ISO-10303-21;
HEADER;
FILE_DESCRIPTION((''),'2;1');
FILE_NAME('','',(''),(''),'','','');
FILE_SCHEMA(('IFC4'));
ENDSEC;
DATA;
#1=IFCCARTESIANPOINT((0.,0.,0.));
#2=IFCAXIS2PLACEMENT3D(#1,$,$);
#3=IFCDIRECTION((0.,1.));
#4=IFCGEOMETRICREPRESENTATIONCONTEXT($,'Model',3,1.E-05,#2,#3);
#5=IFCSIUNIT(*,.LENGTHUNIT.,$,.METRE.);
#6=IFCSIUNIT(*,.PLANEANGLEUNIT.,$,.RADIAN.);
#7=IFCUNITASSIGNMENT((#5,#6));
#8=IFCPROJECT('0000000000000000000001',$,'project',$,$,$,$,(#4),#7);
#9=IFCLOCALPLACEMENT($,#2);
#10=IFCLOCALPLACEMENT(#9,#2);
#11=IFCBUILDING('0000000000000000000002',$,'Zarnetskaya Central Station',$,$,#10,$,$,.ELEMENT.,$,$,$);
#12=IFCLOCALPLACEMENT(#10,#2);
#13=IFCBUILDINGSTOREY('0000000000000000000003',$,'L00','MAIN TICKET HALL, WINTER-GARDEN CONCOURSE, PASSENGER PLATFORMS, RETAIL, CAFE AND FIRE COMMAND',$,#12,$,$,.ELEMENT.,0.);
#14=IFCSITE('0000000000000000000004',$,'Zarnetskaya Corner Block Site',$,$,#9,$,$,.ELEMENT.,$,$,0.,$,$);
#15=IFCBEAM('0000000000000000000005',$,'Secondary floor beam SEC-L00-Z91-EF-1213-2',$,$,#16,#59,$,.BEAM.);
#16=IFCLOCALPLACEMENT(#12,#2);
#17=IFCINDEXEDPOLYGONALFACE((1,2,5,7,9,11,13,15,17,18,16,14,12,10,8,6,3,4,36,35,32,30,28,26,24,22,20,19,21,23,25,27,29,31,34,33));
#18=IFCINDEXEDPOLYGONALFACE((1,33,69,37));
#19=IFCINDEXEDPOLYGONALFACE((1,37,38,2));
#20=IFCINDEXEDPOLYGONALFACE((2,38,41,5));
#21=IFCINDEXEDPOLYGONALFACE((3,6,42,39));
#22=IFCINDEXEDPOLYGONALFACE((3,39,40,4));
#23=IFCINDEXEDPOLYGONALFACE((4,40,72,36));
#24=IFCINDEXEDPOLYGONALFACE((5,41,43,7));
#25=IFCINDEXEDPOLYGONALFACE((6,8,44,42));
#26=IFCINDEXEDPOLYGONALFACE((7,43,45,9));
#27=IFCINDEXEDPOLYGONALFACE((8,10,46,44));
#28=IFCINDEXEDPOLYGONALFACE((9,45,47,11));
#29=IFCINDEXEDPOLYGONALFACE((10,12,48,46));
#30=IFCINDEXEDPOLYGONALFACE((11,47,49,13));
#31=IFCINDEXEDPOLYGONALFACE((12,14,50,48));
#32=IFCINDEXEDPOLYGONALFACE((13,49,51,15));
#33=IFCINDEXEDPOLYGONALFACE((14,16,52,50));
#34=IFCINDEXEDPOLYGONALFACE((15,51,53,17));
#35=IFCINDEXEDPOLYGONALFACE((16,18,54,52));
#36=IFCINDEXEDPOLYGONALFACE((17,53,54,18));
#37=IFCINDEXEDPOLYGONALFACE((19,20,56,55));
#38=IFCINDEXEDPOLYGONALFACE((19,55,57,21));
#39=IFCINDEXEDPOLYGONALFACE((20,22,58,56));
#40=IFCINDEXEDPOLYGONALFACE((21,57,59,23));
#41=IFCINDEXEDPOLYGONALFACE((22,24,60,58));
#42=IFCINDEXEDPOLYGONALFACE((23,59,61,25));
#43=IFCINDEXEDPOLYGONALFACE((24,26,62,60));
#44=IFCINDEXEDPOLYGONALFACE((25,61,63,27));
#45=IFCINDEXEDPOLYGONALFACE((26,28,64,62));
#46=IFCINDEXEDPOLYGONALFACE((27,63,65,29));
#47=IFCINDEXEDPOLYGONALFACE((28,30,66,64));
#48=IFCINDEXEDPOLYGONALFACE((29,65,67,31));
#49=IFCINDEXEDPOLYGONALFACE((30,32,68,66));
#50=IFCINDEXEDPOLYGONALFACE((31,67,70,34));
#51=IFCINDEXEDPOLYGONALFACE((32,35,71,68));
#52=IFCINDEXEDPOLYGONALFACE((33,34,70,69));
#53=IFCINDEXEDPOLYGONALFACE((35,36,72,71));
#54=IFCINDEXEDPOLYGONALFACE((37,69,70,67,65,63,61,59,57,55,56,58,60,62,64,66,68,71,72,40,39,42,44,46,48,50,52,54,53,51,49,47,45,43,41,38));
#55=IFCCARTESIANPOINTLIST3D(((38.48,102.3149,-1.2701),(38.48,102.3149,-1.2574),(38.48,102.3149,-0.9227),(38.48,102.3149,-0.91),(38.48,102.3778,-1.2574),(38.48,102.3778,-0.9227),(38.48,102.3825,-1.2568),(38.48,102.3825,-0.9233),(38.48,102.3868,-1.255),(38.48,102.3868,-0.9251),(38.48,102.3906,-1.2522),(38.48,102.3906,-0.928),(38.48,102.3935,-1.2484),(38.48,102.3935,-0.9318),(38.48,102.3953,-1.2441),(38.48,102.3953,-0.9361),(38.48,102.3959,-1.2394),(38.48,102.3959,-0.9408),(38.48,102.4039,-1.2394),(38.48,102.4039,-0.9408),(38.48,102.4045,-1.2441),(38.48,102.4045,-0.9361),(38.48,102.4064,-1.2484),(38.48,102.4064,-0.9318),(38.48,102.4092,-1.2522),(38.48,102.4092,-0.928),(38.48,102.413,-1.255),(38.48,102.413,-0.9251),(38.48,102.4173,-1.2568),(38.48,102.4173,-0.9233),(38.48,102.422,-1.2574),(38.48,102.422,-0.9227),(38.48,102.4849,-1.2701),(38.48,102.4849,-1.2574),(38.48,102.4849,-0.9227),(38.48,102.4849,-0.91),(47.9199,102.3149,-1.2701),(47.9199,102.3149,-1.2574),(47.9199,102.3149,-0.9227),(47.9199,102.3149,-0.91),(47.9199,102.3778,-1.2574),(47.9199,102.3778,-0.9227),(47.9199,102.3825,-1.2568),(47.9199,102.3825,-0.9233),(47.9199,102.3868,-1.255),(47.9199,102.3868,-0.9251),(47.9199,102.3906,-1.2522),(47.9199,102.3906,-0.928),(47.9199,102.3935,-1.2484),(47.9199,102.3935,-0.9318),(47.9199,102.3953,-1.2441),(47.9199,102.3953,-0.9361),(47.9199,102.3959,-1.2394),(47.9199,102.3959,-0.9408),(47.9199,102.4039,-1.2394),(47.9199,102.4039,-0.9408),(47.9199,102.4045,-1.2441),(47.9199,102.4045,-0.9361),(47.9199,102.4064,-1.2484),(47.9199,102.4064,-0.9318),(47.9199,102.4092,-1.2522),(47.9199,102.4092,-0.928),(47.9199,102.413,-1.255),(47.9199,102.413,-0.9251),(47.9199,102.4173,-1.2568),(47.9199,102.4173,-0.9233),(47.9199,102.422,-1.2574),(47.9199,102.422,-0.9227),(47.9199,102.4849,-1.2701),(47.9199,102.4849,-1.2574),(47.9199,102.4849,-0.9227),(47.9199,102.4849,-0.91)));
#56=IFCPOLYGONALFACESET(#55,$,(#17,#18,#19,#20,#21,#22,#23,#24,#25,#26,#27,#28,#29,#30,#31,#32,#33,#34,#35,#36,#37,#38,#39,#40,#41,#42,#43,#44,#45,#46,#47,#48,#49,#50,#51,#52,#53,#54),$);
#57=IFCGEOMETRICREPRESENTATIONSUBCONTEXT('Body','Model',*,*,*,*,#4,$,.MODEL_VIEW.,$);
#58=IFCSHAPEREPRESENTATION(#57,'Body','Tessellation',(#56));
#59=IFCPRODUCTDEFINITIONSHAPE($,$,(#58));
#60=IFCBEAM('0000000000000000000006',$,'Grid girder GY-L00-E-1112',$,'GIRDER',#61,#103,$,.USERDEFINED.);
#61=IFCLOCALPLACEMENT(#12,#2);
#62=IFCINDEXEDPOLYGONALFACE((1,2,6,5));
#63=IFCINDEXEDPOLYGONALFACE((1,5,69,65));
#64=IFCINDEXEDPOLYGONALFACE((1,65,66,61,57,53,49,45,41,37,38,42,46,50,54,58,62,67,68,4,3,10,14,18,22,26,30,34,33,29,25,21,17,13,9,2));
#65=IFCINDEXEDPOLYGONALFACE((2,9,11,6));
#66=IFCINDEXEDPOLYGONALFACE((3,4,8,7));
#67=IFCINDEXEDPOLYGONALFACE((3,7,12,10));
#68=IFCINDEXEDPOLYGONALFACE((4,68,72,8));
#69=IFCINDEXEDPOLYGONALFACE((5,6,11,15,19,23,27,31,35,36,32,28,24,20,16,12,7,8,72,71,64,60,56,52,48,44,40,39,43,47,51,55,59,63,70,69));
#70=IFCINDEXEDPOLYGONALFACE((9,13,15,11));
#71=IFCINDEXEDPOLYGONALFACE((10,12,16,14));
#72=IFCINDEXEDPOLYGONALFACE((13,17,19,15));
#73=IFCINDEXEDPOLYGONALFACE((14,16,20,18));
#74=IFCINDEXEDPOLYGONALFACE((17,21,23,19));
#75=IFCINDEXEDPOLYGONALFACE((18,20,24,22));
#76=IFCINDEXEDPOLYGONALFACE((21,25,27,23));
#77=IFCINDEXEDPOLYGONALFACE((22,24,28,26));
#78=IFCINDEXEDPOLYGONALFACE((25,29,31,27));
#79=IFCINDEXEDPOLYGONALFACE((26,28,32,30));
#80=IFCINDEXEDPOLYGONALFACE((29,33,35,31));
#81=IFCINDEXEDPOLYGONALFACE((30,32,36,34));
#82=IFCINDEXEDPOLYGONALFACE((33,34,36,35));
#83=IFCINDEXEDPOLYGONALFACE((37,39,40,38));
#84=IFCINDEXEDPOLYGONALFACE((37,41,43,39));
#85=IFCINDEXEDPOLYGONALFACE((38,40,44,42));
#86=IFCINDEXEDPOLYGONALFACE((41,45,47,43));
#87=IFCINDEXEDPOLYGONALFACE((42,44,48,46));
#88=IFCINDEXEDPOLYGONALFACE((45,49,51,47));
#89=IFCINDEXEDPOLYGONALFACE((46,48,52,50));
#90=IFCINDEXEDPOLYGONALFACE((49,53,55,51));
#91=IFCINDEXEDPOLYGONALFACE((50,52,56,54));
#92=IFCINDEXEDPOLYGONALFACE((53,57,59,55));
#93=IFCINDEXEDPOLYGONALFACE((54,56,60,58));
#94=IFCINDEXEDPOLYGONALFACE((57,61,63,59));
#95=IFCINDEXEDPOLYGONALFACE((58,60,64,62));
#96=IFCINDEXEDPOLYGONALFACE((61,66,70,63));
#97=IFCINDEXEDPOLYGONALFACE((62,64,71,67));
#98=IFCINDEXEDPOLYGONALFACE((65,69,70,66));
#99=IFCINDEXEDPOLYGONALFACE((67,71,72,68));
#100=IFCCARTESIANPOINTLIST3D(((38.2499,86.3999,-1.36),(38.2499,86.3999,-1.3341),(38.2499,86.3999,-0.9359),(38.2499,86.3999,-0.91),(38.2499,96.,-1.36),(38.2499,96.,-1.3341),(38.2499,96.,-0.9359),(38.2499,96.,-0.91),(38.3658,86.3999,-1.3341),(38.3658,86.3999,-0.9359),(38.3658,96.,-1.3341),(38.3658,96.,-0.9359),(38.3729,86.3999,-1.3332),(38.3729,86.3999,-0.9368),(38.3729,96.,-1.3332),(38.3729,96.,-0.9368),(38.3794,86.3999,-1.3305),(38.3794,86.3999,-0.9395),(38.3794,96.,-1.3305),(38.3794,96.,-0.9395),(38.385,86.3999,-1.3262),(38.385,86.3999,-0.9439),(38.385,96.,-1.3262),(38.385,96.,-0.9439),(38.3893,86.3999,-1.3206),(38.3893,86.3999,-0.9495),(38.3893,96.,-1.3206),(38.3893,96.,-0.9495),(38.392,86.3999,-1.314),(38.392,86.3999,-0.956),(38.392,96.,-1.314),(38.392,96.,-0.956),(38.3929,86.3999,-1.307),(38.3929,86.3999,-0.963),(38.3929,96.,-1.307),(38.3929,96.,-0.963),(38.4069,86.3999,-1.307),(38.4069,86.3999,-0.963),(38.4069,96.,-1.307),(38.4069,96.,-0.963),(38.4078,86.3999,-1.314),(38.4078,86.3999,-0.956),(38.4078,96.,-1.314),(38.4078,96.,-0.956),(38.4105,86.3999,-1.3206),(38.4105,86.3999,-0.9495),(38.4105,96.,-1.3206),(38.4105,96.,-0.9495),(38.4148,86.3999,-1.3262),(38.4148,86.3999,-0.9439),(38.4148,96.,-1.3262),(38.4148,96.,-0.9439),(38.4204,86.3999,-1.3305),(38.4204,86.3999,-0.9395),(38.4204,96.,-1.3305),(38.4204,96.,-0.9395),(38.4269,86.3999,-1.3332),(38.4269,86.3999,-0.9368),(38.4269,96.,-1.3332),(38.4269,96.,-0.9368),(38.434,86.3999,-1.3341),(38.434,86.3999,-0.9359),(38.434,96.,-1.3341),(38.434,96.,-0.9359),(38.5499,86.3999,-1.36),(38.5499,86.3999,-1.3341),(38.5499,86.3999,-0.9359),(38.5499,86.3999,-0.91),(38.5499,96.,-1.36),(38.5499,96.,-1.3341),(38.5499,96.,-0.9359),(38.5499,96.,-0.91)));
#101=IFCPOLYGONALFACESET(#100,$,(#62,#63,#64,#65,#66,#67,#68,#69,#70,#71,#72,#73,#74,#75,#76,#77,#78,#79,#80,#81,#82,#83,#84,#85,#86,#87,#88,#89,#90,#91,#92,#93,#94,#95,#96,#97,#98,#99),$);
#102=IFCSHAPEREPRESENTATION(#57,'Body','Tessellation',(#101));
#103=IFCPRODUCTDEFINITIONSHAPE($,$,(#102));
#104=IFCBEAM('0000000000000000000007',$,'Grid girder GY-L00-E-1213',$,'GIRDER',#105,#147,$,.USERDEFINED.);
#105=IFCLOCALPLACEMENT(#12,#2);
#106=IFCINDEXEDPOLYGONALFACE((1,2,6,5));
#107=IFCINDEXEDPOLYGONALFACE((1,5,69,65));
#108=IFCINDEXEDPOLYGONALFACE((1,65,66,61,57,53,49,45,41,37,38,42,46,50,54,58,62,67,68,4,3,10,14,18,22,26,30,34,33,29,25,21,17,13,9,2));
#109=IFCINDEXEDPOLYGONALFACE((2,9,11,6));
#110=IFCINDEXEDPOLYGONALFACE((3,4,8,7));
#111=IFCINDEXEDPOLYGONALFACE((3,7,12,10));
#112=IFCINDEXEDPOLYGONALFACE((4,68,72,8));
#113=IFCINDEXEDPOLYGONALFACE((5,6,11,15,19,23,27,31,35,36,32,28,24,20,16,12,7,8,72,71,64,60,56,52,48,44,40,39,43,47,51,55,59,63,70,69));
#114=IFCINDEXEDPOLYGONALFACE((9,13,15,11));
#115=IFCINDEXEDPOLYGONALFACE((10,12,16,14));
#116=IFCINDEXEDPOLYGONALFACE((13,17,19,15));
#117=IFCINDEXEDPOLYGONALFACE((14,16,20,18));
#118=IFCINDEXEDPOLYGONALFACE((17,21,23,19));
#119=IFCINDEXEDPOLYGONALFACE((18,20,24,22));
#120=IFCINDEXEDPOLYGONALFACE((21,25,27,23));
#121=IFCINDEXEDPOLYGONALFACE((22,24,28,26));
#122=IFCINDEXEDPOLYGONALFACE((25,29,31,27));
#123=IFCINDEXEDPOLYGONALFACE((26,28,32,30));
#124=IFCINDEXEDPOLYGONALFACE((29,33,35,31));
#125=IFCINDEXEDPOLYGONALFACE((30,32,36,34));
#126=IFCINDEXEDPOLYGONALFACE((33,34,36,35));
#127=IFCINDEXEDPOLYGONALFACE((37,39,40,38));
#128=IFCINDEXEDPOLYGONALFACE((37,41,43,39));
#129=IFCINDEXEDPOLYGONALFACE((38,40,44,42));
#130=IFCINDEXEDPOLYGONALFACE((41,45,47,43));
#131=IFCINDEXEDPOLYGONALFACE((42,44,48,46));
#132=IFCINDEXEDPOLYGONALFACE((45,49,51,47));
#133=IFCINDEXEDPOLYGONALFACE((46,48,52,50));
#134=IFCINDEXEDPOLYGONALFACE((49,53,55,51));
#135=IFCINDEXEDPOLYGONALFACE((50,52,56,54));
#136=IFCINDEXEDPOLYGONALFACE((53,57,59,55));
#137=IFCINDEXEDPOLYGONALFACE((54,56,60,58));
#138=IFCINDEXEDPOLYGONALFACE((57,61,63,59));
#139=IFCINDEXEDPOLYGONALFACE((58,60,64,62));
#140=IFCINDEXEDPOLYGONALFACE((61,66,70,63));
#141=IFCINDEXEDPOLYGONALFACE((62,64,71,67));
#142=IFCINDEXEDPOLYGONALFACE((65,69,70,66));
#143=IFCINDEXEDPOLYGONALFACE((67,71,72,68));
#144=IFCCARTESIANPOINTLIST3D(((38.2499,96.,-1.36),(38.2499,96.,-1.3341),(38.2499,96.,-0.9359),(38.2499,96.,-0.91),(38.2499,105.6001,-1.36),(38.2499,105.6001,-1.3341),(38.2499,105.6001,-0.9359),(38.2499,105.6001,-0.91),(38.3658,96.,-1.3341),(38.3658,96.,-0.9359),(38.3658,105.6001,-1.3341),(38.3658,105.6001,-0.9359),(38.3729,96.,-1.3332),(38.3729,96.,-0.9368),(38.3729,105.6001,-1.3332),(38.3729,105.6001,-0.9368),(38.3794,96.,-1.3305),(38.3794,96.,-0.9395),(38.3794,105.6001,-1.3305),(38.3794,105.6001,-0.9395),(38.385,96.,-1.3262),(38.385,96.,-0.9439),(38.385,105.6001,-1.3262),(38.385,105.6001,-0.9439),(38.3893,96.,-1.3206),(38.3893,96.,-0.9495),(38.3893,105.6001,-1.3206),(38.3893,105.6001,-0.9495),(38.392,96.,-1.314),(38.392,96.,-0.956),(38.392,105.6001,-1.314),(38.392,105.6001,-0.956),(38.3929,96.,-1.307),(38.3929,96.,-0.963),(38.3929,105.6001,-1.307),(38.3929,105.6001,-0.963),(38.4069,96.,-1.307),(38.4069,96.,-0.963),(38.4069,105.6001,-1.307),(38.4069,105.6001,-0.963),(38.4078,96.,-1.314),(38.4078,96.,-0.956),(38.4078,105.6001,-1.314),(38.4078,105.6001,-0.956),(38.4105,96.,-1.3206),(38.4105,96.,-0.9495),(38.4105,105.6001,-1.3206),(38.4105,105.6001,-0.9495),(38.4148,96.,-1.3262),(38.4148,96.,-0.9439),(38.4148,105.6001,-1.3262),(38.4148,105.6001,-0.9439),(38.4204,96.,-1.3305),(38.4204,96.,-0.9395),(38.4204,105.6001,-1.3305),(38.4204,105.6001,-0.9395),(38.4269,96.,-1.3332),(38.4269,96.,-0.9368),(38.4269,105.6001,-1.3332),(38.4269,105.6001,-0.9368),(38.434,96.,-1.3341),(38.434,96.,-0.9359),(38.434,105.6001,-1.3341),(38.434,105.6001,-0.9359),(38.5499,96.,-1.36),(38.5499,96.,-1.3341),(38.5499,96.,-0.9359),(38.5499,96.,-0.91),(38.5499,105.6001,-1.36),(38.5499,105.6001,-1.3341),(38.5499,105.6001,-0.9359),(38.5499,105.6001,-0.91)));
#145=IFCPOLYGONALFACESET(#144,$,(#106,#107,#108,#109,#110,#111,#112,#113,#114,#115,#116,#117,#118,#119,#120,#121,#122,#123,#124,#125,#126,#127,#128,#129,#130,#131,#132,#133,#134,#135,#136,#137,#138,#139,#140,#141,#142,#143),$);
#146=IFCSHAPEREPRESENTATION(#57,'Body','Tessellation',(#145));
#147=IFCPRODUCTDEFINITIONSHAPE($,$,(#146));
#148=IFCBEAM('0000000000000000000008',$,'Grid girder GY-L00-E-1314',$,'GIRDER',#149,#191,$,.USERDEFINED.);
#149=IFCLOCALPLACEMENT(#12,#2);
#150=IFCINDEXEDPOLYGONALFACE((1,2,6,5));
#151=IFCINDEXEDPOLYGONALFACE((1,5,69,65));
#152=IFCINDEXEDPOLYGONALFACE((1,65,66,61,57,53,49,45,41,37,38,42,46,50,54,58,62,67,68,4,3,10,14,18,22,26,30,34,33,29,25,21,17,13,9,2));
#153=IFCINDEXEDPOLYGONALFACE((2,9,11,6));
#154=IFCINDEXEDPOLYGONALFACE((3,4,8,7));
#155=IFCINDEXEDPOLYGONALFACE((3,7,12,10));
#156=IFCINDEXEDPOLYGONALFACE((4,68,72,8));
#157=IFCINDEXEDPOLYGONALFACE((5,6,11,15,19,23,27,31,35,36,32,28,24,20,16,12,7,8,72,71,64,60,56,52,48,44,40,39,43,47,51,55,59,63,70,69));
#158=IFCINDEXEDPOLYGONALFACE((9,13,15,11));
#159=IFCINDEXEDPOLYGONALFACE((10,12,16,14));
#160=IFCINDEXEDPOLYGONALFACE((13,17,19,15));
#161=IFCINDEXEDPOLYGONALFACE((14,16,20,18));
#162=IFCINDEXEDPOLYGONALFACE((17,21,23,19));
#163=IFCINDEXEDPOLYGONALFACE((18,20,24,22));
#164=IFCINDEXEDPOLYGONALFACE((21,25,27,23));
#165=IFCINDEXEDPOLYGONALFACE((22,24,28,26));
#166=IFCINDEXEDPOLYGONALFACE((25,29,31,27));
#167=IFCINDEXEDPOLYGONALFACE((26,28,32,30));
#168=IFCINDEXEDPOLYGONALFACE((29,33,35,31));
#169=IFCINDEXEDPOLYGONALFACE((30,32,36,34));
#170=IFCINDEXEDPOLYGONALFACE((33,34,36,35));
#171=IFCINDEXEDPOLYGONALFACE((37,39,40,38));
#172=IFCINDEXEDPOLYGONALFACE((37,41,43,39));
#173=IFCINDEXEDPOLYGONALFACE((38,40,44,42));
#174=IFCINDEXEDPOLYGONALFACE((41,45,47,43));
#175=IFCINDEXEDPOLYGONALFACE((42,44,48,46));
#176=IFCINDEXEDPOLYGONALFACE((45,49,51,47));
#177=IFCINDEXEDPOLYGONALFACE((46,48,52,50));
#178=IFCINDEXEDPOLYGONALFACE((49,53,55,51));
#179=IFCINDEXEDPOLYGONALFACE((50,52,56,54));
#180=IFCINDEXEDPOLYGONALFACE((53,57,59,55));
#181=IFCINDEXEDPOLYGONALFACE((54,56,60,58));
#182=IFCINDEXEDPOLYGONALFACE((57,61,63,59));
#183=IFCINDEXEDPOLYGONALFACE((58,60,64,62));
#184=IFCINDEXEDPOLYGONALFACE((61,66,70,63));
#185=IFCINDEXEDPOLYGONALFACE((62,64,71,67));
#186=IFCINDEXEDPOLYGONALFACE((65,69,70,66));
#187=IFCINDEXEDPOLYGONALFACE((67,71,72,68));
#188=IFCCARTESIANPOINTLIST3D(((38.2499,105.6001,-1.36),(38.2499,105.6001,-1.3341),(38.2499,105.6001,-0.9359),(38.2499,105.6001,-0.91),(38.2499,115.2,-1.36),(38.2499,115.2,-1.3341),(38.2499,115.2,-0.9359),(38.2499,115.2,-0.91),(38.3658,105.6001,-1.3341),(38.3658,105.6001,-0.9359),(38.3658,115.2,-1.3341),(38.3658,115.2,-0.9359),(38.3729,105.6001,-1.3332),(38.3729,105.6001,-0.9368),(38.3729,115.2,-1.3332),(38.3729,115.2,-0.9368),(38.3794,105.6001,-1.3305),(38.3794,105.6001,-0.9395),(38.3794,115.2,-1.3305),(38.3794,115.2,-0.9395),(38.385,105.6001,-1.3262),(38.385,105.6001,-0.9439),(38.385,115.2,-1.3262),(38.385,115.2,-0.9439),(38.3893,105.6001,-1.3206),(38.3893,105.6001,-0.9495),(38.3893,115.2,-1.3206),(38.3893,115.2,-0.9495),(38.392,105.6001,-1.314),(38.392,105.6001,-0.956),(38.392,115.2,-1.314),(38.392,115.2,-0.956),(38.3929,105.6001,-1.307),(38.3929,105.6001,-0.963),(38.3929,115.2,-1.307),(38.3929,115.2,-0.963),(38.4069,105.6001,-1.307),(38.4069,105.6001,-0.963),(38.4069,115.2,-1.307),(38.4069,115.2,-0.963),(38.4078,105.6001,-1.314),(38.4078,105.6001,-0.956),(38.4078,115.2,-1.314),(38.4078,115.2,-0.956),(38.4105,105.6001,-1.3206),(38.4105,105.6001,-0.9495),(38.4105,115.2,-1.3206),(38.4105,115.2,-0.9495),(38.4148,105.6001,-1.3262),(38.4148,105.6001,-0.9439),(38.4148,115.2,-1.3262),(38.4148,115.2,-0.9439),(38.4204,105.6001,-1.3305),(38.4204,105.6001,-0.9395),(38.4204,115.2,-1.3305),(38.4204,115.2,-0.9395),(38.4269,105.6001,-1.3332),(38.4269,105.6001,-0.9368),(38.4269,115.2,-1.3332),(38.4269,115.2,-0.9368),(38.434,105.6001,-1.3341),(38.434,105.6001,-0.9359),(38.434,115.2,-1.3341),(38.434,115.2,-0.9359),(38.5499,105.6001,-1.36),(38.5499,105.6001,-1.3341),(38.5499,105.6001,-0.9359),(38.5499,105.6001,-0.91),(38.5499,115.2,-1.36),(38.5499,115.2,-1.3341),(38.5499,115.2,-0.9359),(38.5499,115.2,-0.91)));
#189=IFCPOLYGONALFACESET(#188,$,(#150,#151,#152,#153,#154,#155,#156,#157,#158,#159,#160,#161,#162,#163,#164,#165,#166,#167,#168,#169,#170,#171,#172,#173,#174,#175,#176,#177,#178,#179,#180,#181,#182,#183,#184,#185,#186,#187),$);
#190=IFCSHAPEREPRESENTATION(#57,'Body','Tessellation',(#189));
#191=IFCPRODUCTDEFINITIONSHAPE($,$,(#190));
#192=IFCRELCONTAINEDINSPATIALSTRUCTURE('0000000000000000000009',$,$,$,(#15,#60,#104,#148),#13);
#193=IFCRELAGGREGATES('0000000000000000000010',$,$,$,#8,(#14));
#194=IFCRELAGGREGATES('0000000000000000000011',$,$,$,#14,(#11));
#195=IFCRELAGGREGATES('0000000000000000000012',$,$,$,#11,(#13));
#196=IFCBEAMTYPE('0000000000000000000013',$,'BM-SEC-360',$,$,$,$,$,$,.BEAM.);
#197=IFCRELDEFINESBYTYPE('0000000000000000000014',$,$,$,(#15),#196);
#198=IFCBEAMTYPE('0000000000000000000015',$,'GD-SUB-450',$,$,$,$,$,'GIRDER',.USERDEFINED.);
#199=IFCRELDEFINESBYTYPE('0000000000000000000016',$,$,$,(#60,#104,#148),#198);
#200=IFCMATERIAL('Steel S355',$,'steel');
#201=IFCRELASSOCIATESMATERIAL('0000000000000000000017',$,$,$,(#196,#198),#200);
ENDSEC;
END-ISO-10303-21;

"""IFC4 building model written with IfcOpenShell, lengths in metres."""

from ifc_helpers import new_model, si_unit, direction, frame, origin, origin_2d, place, context, subcontext, project, spatial, i_section, extrude, material, material_profile, profile_set, type_object, element, save


model = new_model("IFC4")

# Units and contexts
model_context = context("Model", 3, precision=1e-05, world=origin(), true_north=direction((0.0, 1.0)))
body_context = subcontext(model_context, "Body", "Model", "MODEL_VIEW")
ifc_project = project(units=[si_unit("LENGTHUNIT", "METRE"), si_unit("PLANEANGLEUNIT", "RADIAN")], contexts=[model_context])

# Site, building, storey
site_placement = place(None, origin())
site = spatial("IfcSite", under=ifc_project, at=site_placement, Name="Zarnetskaya Corner Block Site", CompositionType="ELEMENT", RefElevation=0.0)
building_placement = place(site_placement, origin())
building = spatial("IfcBuilding", under=site, at=building_placement, Name="Zarnetskaya Central Station", CompositionType="ELEMENT")
storey_placement = place(building_placement, origin())
storey = spatial("IfcBuildingStorey", under=building, at=storey_placement, Name="L00", Description="MAIN TICKET HALL, WINTER-GARDEN CONCOURSE, PASSENGER PLATFORMS, RETAIL, CAFE AND FIRE COMMAND", CompositionType="ELEMENT", Elevation=0.0)

# Shared definitions
ifc_material = material(Name="Steel S355", Category="steel")

# Beams
ifc_material_profile_1 = material_profile(ifc_material, i_section(OverallWidth=0.1699, OverallDepth=0.3601, WebThickness=0.0081, FlangeThickness=0.0127, FilletRadius=0.0181, at=origin_2d()), Name="IPE 360")
ifc_profile_set_1 = profile_set([ifc_material_profile_1], Name="Steel S355")
beam_type_1 = type_object("IfcBeamType", Name="BM-SEC-360", PredefinedType="BEAM", material=ifc_profile_set_1)
for number, where, z_axis, x_axis, name in (
    (1, (38.48, 102.3999, -1.0901), (1.0, 0.0, 0.0), (0.0, 1.0, 0.0), "Secondary floor beam SEC-L00-Z91-EF-1213-2"),
):
    element("IfcBeam", number, at=place(storey_placement, frame(where, z_axis=z_axis, x_axis=x_axis)), inside=storey, type_object=beam_type_1, Name=name, PredefinedType="BEAM", context=body_context, shape_type="SweptSolid", body=[
        extrude(i_section(OverallWidth=0.1699, OverallDepth=0.3601, WebThickness=0.0081, FlangeThickness=0.0127, FilletRadius=0.0181, at=origin_2d()), origin(), (0.0, 0.0, 1.0), 9.4399),
    ])
ifc_material_profile_2 = material_profile(ifc_material, i_section(OverallWidth=0.3, OverallDepth=0.45, WebThickness=0.0139, FlangeThickness=0.0259, FilletRadius=0.0271, at=origin_2d()), Name="HEB 450")
ifc_profile_set_2 = profile_set([ifc_material_profile_2], Name="Steel S355")
beam_type_2 = type_object("IfcBeamType", Name="GD-SUB-450", ElementType="GIRDER", PredefinedType="USERDEFINED", material=ifc_profile_set_2)
for number, where, z_axis, x_axis, name in (
    (2, (38.3999, 86.3999, -1.135), (0.0, 1.0, 0.0), (-1.0, 0.0, 0.0), "Grid girder GY-L00-E-1112"),
    (3, (38.3999, 96.0, -1.135), (0.0, 1.0, 0.0), (-1.0, 0.0, 0.0), "Grid girder GY-L00-E-1213"),
):
    element("IfcBeam", number, at=place(storey_placement, frame(where, z_axis=z_axis, x_axis=x_axis)), inside=storey, type_object=beam_type_2, Name=name, ObjectType="GIRDER", PredefinedType="USERDEFINED", context=body_context, shape_type="SweptSolid", body=[
        extrude(i_section(OverallWidth=0.3, OverallDepth=0.45, WebThickness=0.0139, FlangeThickness=0.0259, FilletRadius=0.0271, at=origin_2d()), origin(), (0.0, 0.0, 1.0), 9.6001),
    ])
beam_1_placement = place(storey_placement, frame((38.3999, 105.6001, -1.135), z_axis=(0.0, 1.0, 0.0), x_axis=(-1.0, 0.0, 0.0)))
element("IfcBeam", 4, at=beam_1_placement, inside=storey, type_object=beam_type_2, Name="Grid girder GY-L00-E-1314", ObjectType="GIRDER", PredefinedType="USERDEFINED", context=body_context, shape_type="SweptSolid", body=[
    extrude(i_section(OverallWidth=0.3, OverallDepth=0.45, WebThickness=0.0139, FlangeThickness=0.0259, FilletRadius=0.0271, at=origin_2d()), origin(), (0.0, 0.0, 1.0), 9.5999),
])

save(model, "model.ifc")
